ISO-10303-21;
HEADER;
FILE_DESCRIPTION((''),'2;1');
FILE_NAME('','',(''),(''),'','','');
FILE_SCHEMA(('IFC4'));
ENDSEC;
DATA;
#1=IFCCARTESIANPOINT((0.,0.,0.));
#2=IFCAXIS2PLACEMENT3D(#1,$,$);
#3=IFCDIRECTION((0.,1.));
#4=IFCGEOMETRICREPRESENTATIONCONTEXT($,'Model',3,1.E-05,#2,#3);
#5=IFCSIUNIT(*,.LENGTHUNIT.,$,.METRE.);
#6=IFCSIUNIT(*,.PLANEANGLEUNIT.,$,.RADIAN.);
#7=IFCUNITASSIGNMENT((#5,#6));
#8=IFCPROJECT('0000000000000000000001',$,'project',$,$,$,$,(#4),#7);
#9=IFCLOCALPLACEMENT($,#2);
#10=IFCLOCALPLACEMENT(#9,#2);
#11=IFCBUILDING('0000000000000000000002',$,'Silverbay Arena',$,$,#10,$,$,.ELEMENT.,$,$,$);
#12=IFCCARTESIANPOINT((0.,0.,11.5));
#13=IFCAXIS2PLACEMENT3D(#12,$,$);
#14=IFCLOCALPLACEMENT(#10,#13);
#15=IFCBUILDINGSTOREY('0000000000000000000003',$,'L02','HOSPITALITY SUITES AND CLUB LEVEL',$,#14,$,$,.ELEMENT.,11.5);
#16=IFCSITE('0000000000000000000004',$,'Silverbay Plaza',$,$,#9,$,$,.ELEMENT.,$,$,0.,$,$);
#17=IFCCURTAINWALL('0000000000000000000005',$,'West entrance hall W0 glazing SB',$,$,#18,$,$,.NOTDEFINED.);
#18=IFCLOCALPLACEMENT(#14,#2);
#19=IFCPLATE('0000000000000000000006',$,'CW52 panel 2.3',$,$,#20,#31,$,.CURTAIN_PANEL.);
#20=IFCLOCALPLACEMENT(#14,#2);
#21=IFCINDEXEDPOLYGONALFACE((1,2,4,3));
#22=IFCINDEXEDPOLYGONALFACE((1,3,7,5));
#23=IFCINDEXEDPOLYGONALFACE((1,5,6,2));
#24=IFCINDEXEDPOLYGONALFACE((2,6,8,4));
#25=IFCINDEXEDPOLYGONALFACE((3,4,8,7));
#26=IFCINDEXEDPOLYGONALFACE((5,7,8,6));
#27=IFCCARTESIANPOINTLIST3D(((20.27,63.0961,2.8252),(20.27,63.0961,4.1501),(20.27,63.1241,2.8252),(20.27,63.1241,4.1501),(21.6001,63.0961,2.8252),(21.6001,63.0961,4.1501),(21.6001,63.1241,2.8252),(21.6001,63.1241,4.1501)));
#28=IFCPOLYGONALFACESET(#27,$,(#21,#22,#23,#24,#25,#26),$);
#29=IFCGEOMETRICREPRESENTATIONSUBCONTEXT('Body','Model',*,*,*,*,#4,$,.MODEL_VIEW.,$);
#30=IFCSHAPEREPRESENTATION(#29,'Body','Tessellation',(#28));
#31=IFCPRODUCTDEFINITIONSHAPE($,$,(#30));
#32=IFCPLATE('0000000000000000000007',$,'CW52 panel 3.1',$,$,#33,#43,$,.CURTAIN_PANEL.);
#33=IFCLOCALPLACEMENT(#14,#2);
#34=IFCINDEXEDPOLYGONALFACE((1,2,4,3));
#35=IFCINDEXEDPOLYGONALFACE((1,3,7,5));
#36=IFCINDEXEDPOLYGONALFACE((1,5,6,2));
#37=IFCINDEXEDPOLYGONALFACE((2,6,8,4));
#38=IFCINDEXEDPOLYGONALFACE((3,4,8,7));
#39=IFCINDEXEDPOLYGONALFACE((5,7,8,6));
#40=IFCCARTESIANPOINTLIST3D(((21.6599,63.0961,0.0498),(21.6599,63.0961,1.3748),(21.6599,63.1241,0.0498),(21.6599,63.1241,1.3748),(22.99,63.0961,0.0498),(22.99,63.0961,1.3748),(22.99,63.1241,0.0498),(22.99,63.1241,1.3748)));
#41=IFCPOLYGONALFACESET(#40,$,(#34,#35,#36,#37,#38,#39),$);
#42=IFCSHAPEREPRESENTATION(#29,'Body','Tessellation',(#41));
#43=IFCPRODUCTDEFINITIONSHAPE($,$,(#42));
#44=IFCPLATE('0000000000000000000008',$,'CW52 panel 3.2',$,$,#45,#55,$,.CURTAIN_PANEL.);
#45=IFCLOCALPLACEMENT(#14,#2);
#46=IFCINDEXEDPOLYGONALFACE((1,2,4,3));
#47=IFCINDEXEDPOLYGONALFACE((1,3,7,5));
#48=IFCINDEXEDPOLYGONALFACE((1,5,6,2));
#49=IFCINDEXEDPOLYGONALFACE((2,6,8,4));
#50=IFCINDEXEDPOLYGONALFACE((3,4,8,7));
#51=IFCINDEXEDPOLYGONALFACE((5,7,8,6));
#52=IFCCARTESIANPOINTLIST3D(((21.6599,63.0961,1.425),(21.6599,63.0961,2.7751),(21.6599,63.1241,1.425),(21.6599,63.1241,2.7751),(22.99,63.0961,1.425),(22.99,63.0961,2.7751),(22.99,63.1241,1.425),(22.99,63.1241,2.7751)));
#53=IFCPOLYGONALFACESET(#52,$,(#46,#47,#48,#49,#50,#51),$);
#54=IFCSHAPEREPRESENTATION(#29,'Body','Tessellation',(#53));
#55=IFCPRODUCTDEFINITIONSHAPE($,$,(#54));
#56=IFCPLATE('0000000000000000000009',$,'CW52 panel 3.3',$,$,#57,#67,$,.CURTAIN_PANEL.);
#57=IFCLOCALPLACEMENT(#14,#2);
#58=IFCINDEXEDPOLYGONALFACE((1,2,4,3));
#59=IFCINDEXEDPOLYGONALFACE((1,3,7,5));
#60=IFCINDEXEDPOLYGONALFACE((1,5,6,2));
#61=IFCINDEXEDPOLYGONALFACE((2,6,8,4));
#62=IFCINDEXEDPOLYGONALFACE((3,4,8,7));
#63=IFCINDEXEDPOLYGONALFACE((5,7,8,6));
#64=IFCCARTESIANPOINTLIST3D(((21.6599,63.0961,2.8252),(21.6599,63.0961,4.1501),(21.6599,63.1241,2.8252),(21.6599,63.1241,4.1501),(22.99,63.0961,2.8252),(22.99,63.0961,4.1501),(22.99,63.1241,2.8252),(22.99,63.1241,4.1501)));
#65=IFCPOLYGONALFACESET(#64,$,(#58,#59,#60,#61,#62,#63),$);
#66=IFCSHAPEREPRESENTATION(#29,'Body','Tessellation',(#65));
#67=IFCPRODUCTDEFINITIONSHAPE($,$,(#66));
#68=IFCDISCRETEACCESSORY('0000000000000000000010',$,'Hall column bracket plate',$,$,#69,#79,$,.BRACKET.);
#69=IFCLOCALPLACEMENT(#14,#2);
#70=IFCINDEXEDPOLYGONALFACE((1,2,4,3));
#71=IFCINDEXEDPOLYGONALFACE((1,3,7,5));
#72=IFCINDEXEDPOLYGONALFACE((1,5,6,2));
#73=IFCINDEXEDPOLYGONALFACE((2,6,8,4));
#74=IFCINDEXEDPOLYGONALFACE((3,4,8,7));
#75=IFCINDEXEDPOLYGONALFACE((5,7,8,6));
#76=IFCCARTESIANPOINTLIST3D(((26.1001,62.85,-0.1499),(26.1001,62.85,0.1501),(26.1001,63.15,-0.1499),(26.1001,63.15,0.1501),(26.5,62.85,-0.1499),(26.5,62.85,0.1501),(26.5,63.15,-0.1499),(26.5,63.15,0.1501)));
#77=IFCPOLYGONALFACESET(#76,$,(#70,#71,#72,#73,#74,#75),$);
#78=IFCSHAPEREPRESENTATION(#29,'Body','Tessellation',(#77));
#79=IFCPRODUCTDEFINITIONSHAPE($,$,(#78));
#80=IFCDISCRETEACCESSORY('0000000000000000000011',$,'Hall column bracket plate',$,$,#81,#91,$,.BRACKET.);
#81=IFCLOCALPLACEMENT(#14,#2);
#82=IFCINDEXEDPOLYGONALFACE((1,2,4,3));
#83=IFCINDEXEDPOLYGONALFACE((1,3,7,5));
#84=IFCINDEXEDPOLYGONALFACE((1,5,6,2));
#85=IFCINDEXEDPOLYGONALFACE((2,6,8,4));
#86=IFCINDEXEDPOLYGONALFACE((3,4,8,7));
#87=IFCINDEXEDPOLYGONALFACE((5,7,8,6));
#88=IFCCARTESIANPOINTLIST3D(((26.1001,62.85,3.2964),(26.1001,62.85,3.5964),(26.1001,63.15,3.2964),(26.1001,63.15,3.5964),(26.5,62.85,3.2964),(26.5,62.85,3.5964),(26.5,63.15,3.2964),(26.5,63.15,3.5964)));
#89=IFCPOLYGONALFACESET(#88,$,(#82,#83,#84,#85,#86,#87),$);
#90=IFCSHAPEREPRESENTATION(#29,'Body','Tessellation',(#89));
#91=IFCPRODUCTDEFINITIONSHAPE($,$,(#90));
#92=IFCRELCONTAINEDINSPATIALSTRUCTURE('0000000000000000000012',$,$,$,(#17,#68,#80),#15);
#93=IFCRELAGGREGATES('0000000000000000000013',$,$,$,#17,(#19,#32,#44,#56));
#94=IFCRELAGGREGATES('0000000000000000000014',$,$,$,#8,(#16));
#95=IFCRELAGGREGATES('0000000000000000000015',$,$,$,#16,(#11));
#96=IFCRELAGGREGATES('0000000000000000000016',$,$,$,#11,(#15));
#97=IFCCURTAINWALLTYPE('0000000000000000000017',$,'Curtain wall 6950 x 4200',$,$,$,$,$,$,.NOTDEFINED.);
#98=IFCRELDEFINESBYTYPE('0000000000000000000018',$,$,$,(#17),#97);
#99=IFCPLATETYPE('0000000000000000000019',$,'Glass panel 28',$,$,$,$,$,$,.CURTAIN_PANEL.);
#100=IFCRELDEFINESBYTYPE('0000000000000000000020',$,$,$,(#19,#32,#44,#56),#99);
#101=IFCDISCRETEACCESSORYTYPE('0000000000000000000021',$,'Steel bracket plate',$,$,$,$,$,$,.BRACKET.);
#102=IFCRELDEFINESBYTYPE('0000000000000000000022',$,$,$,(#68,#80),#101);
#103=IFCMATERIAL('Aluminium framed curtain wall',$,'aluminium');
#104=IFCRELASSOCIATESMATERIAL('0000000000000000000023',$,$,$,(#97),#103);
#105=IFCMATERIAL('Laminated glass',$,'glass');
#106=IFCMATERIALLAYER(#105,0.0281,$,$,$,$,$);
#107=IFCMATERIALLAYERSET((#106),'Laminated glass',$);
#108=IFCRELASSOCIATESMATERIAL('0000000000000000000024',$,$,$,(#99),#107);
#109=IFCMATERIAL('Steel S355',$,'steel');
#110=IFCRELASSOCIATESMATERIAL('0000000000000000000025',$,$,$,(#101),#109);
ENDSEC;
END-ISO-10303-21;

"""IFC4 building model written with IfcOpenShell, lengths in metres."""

from ifc_helpers import new_model, si_unit, direction, frame, origin, origin_2d, place, context, subcontext, project, spatial, rectangle, extrude, material, layer, layer_set, type_object, element, aggregate, save


model = new_model("IFC4")

# Units and contexts
model_context = context("Model", 3, precision=1e-05, world=origin(), true_north=direction((0.0, 1.0)))
body_context = subcontext(model_context, "Body", "Model", "MODEL_VIEW")
ifc_project = project(units=[si_unit("LENGTHUNIT", "METRE"), si_unit("PLANEANGLEUNIT", "RADIAN")], contexts=[model_context])

# Site, building, storey
site_placement = place(None, origin())
site = spatial("IfcSite", under=ifc_project, at=site_placement, Name="Silverbay Plaza", CompositionType="ELEMENT", RefElevation=0.0)
building_placement = place(site_placement, origin())
building = spatial("IfcBuilding", under=site, at=building_placement, Name="Silverbay Arena", CompositionType="ELEMENT")
storey_placement = place(building_placement, frame((0.0, 0.0, 11.5)))
storey = spatial("IfcBuildingStorey", under=building, at=storey_placement, Name="L02", Description="HOSPITALITY SUITES AND CLUB LEVEL", CompositionType="ELEMENT", Elevation=11.5)

# Curtain wall
ifc_material_1 = material(Name="Aluminium framed curtain wall", Category="aluminium")
curtain_wall_type = type_object("IfcCurtainWallType", Name="Curtain wall 6950 x 4200", PredefinedType="NOTDEFINED", material=ifc_material_1)
curtain_wall_placement = place(storey_placement, origin())
curtain_wall = element("IfcCurtainWall", 1, at=curtain_wall_placement, inside=storey, type_object=curtain_wall_type, Name="West entrance hall W0 glazing SB", PredefinedType="NOTDEFINED")

# Plates
ifc_material_2 = material(Name="Laminated glass", Category="glass")
ifc_layer = layer(ifc_material_2, 0.0281)
ifc_layer_set = layer_set([ifc_layer], Name="Laminated glass")
plate_type = type_object("IfcPlateType", Name="Glass panel 28", PredefinedType="CURTAIN_PANEL", material=ifc_layer_set)
plate_1_placement = place(storey_placement, frame((20.9351, 63.1101, 2.8252), z_axis=(0.0, 0.0, 1.0), x_axis=(1.0, 0.0, 0.0)))
plate_1 = element("IfcPlate", 2, at=plate_1_placement, type_object=plate_type, Name="CW52 panel 2.3", PredefinedType="CURTAIN_PANEL", context=body_context, shape_type="SweptSolid", body=[
    extrude(rectangle(XDim=1.3301, YDim=0.0281, at=origin_2d()), origin(), (0.0, 0.0, 1.0), 1.325),
])
plate_2_placement = place(storey_placement, frame((22.325, 63.1101, 0.0498), z_axis=(0.0, 0.0, 1.0), x_axis=(1.0, 0.0, 0.0)))
plate_2 = element("IfcPlate", 3, at=plate_2_placement, type_object=plate_type, Name="CW52 panel 3.1", PredefinedType="CURTAIN_PANEL", context=body_context, shape_type="SweptSolid", body=[
    extrude(rectangle(XDim=1.3301, YDim=0.0281, at=origin_2d()), origin(), (0.0, 0.0, 1.0), 1.325),
])
plate_3_placement = place(storey_placement, frame((22.325, 63.1101, 1.425), z_axis=(0.0, 0.0, 1.0), x_axis=(1.0, 0.0, 0.0)))
plate_3 = element("IfcPlate", 4, at=plate_3_placement, type_object=plate_type, Name="CW52 panel 3.2", PredefinedType="CURTAIN_PANEL", context=body_context, shape_type="SweptSolid", body=[
    extrude(rectangle(XDim=1.3301, YDim=0.0281, at=origin_2d()), origin(), (0.0, 0.0, 1.0), 1.3501),
])
plate_4_placement = place(storey_placement, frame((22.325, 63.1101, 2.8252), z_axis=(0.0, 0.0, 1.0), x_axis=(1.0, 0.0, 0.0)))
plate_4 = element("IfcPlate", 5, at=plate_4_placement, type_object=plate_type, Name="CW52 panel 3.3", PredefinedType="CURTAIN_PANEL", context=body_context, shape_type="SweptSolid", body=[
    extrude(rectangle(XDim=1.3301, YDim=0.0281, at=origin_2d()), origin(), (0.0, 0.0, 1.0), 1.325),
])
aggregate(curtain_wall, [plate_1, plate_2, plate_3, plate_4])

# Discrete accessories
ifc_material_3 = material(Name="Steel S355", Category="steel")
discrete_accessory_type = type_object("IfcDiscreteAccessoryType", Name="Steel bracket plate", PredefinedType="BRACKET", material=ifc_material_3)
for number, where, z_axis, x_axis, name in (
    (6, (26.3, 63.0, -0.1499), (0.0, 0.0, 1.0), (1.0, 0.0, 0.0), "Hall column bracket plate"),
    (7, (26.3, 63.0, 3.2964), (0.0, 0.0, 1.0), (1.0, 0.0, 0.0), "Hall column bracket plate"),
):
    element("IfcDiscreteAccessory", number, at=place(storey_placement, frame(where, z_axis=z_axis, x_axis=x_axis)), inside=storey, type_object=discrete_accessory_type, Name=name, PredefinedType="BRACKET", context=body_context, shape_type="SweptSolid", body=[
        extrude(rectangle(XDim=0.3999, YDim=0.3, at=origin_2d()), origin(), (0.0, 0.0, 1.0), 0.3),
    ])

save(model, "model.ifc")
